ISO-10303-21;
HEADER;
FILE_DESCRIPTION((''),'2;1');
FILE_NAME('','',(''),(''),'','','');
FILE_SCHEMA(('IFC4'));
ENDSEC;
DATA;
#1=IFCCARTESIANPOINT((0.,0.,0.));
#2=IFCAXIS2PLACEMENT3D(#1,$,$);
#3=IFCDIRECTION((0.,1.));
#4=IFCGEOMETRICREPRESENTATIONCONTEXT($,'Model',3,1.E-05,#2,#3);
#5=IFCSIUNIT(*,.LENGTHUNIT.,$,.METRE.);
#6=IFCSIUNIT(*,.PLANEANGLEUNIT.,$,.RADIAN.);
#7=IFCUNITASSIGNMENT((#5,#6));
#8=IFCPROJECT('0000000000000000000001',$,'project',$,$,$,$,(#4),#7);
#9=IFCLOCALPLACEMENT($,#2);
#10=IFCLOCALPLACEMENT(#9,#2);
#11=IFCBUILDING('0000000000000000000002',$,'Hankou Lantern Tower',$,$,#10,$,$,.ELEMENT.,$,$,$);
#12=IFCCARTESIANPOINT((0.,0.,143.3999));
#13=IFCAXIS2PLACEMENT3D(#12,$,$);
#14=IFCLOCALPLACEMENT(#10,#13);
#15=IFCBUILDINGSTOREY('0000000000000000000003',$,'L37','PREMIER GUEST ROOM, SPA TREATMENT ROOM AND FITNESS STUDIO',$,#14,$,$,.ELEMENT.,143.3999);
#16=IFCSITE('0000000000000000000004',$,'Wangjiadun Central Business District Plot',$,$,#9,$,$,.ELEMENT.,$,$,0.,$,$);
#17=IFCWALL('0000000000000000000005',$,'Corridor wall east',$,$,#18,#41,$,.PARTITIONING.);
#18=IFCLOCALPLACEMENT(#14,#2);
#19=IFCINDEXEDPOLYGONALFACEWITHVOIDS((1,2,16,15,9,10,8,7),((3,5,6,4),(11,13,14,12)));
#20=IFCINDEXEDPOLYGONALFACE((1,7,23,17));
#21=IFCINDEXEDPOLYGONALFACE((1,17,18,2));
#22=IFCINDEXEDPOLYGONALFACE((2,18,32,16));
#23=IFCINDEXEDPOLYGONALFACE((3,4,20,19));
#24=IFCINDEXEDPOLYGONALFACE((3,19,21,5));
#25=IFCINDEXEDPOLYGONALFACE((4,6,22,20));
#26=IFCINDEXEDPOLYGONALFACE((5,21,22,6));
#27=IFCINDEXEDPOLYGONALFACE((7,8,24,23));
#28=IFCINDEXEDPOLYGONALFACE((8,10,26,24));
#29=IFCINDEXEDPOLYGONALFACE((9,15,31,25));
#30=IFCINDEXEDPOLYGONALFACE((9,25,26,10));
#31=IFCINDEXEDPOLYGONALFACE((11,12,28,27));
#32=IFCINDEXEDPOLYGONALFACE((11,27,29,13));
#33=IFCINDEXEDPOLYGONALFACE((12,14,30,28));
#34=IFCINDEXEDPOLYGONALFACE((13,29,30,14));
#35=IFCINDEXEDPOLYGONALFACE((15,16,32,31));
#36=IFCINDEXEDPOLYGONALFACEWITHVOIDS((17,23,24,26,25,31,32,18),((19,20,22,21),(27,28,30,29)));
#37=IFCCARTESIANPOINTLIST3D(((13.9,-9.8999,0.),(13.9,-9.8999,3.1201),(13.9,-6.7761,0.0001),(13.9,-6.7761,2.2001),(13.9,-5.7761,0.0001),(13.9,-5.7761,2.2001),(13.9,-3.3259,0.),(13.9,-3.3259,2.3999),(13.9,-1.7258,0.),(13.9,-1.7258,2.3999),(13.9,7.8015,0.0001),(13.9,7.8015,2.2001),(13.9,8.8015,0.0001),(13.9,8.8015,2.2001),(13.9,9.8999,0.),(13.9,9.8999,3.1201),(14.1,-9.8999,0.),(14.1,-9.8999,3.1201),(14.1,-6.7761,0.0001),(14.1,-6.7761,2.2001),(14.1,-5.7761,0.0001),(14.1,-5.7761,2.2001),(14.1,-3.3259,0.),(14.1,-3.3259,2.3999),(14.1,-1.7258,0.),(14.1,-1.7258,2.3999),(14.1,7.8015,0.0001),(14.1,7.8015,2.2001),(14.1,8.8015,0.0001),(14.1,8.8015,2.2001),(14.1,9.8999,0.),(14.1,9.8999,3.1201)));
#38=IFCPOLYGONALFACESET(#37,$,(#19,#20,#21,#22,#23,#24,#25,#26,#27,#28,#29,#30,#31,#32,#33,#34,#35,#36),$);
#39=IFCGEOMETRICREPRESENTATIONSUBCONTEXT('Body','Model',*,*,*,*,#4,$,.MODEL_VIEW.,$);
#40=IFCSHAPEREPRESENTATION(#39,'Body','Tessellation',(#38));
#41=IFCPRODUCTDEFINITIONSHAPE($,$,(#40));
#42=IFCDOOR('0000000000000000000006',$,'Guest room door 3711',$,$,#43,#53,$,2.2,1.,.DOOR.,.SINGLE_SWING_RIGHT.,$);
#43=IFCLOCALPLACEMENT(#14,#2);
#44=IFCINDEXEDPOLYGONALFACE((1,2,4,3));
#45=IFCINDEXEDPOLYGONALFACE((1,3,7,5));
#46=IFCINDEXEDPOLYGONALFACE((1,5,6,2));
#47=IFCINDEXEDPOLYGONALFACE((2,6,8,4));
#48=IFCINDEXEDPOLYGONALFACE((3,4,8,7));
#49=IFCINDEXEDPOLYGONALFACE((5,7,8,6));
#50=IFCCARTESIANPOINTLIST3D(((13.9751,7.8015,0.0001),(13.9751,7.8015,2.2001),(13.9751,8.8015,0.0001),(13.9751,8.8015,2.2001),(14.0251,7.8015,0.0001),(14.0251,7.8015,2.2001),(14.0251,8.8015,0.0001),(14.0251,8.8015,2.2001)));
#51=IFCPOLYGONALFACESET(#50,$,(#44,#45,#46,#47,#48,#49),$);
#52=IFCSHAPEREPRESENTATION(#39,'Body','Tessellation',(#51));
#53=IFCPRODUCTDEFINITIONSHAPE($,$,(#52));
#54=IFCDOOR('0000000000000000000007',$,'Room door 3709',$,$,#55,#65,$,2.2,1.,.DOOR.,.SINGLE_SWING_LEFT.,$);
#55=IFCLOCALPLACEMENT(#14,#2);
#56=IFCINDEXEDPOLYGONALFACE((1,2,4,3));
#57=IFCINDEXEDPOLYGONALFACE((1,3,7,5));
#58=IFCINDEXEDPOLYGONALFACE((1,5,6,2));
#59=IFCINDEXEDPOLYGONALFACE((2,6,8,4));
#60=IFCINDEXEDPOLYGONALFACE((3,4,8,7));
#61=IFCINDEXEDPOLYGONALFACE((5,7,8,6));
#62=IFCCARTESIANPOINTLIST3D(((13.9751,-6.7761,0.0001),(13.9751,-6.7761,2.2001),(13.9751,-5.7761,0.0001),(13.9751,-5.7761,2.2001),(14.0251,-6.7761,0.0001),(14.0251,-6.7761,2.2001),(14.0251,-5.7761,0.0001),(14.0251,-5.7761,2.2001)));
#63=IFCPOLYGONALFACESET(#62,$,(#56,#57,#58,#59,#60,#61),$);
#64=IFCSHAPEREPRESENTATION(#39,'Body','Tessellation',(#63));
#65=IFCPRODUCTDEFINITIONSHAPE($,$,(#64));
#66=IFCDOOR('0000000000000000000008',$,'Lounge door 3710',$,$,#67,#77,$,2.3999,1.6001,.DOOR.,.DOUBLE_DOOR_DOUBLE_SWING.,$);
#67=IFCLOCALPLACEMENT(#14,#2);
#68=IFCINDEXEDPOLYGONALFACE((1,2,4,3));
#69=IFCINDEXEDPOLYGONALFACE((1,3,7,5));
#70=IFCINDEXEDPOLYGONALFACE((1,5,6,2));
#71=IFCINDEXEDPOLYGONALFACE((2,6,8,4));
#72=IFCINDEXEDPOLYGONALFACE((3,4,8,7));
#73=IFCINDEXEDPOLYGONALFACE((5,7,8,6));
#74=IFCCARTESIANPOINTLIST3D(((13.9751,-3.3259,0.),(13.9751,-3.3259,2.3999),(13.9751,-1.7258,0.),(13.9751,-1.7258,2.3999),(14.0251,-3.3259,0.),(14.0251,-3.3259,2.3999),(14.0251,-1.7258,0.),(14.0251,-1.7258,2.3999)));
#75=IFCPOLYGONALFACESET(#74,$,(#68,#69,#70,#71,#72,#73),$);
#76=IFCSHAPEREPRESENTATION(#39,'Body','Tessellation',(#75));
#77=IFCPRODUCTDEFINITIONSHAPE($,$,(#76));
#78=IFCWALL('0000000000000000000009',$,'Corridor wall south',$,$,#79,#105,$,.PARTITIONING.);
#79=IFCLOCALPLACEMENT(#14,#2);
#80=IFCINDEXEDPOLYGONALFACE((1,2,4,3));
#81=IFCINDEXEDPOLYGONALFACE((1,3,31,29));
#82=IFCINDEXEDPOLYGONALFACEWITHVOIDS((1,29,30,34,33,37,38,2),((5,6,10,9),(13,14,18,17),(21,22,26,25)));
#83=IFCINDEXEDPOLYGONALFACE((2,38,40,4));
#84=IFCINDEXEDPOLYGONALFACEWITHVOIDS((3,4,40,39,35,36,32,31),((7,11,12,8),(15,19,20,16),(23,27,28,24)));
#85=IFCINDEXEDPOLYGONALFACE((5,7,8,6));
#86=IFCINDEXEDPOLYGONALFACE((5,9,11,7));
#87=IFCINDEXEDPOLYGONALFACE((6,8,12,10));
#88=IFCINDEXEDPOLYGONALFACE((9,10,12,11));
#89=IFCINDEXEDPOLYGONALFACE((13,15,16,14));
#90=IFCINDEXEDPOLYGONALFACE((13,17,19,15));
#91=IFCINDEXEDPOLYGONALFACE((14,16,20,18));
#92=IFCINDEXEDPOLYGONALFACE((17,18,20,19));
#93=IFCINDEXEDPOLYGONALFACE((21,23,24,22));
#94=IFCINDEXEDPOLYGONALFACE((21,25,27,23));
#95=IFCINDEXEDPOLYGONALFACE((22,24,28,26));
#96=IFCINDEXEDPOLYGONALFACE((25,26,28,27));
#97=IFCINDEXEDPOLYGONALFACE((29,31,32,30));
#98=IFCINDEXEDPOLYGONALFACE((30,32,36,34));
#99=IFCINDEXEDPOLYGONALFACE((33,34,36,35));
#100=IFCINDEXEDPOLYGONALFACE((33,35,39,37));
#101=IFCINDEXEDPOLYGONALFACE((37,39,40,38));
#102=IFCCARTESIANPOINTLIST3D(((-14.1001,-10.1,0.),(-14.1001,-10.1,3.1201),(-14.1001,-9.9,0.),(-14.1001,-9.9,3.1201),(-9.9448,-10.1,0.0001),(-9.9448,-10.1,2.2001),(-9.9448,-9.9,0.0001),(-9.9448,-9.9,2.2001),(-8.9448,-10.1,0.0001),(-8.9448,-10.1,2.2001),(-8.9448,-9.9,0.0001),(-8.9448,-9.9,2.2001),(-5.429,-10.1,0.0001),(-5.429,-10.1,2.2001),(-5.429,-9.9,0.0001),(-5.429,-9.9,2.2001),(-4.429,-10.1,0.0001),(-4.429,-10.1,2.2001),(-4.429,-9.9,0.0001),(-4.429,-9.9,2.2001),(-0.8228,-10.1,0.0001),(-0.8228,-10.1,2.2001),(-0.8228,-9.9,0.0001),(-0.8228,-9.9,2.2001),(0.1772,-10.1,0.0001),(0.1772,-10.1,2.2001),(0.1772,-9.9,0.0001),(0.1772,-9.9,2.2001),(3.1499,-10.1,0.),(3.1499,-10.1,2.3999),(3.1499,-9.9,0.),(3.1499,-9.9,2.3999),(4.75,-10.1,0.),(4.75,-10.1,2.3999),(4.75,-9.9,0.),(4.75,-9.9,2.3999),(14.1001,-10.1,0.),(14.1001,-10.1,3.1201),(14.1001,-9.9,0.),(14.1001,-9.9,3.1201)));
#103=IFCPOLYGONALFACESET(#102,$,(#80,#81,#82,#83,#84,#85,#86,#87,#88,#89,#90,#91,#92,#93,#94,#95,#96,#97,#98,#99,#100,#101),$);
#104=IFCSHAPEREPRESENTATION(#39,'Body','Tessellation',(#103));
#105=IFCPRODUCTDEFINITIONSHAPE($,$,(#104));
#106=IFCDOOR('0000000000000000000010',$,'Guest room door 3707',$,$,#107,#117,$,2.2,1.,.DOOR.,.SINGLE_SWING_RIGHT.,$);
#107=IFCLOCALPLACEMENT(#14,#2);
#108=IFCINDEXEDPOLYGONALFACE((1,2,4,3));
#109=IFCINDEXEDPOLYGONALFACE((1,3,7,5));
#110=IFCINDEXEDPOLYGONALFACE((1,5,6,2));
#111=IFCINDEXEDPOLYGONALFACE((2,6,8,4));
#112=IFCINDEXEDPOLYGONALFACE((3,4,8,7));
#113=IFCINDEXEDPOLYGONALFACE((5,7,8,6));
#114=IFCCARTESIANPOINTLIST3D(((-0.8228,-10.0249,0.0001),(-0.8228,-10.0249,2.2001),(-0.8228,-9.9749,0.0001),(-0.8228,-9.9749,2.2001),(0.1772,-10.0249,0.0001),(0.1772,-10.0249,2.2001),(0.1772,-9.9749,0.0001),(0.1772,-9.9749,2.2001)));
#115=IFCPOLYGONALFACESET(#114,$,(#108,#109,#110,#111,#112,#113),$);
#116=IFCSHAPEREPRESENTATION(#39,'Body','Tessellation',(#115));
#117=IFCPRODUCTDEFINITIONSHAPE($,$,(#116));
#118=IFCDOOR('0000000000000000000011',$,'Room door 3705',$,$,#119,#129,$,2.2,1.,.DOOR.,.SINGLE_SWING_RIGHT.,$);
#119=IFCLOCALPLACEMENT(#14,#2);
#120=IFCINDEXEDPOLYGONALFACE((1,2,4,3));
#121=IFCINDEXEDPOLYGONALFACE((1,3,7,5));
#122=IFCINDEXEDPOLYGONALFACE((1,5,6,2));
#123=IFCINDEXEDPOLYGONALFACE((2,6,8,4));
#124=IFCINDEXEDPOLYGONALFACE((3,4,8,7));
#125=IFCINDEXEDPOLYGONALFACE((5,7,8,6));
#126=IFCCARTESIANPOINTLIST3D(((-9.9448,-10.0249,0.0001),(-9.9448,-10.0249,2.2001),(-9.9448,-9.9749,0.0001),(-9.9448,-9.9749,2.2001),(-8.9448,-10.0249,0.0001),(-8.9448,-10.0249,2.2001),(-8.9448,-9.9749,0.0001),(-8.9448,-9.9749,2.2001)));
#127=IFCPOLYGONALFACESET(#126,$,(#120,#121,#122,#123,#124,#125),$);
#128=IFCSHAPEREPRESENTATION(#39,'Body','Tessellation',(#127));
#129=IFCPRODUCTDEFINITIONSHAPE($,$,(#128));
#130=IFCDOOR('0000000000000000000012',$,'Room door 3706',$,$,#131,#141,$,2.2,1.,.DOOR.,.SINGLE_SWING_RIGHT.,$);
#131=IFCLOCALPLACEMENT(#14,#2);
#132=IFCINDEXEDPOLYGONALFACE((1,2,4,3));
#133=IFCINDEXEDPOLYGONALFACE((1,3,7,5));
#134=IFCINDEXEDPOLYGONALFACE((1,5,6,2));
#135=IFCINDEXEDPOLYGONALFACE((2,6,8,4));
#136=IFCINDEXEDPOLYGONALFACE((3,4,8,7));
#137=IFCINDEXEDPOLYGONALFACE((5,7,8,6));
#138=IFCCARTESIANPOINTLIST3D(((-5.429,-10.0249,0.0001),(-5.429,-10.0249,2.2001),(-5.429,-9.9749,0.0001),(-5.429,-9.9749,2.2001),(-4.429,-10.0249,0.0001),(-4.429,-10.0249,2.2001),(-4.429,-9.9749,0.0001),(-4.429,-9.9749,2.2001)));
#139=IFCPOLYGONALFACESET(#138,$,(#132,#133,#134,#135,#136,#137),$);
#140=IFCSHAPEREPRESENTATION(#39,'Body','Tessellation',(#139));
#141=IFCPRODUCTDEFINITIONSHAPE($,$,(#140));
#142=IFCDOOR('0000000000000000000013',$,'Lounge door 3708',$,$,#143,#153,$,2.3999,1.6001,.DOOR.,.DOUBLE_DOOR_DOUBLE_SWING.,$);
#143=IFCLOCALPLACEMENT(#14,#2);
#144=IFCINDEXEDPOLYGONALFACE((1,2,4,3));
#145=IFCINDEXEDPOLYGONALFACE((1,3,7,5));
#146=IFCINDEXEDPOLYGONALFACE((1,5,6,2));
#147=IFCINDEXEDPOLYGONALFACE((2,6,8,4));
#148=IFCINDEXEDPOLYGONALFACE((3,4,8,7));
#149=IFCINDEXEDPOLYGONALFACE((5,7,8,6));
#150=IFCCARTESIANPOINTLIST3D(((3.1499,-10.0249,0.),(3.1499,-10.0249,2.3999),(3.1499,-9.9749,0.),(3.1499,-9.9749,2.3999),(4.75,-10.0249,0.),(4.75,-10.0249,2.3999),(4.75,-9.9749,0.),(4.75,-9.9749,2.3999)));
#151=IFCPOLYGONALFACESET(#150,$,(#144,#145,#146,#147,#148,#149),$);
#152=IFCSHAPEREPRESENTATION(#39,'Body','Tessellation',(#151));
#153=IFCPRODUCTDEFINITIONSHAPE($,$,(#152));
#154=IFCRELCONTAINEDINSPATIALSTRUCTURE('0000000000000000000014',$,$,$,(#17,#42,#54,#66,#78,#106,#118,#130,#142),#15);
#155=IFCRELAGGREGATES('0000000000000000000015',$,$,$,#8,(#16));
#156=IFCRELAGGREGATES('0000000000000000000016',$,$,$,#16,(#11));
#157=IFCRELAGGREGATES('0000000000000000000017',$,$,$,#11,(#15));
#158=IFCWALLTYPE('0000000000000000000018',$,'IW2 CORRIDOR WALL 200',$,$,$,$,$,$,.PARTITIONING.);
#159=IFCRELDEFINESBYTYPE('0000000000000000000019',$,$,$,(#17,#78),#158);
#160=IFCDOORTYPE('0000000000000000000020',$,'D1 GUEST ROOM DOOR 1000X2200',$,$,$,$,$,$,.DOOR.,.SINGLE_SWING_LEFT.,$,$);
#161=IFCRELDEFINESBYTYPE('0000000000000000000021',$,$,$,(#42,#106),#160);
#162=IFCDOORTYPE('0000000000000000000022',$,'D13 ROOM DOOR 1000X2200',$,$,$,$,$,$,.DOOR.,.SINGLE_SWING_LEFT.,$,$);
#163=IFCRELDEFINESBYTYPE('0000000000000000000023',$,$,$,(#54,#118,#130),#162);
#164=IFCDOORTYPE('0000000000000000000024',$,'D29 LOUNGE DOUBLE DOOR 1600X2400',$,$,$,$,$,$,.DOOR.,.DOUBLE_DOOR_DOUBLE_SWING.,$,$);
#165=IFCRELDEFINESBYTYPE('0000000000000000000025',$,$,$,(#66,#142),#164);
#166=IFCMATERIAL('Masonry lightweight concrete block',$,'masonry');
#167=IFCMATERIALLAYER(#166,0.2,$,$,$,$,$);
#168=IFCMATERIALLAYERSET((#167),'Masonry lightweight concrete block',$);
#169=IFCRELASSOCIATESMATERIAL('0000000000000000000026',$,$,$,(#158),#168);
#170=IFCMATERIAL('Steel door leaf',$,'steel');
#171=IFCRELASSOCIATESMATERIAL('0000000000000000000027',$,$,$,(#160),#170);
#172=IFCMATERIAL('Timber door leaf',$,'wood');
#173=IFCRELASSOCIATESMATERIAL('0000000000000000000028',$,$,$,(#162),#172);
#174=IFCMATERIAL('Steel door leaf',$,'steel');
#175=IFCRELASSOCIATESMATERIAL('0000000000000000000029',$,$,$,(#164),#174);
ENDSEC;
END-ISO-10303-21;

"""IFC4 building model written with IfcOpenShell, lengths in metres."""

from ifc_helpers import new_model, si_unit, direction, frame, frame_2d, origin, place, context, subcontext, project, spatial, rectangle, extrude, material, layer, layer_set, type_object, element, fill, save


model = new_model("IFC4")

# Units and contexts
model_context = context("Model", 3, precision=1e-05, world=origin(), true_north=direction((0.0, 1.0)))
body_context = subcontext(model_context, "Body", "Model", "MODEL_VIEW")
ifc_project = project(units=[si_unit("LENGTHUNIT", "METRE"), si_unit("PLANEANGLEUNIT", "RADIAN")], contexts=[model_context])

# Site, building, storey
site_placement = place(None, origin())
site = spatial("IfcSite", under=ifc_project, at=site_placement, Name="Wangjiadun Central Business District Plot", CompositionType="ELEMENT", RefElevation=0.0)
building_placement = place(site_placement, origin())
building = spatial("IfcBuilding", under=site, at=building_placement, Name="Hankou Lantern Tower", CompositionType="ELEMENT")
storey_placement = place(building_placement, frame((0.0, 0.0, 143.3999)))
storey = spatial("IfcBuildingStorey", under=building, at=storey_placement, Name="L37", Description="PREMIER GUEST ROOM, SPA TREATMENT ROOM AND FITNESS STUDIO", CompositionType="ELEMENT", Elevation=143.3999)

# Walls, openings, doors
ifc_material_1 = material(Name="Masonry lightweight concrete block", Category="masonry")
ifc_layer_1 = layer(ifc_material_1, 0.2)
ifc_layer_set_1 = layer_set([ifc_layer_1], Name="Masonry lightweight concrete block")
wall_type_1 = type_object("IfcWallType", Name="IW2 CORRIDOR WALL 200", PredefinedType="PARTITIONING", material=ifc_layer_set_1)
wall_1_placement = place(storey_placement, frame((14.0, -9.8999, 0.0), z_axis=(0.0, 0.0, 1.0), x_axis=(0.0, 1.0, 0.0)))
wall_1 = element("IfcWall", 1, at=wall_1_placement, inside=storey, type_object=wall_type_1, Name="Corridor wall east", PredefinedType="PARTITIONING", context=body_context, shape_type="SweptSolid", body=[
    extrude(rectangle(XDim=19.7998, YDim=0.2, at=frame_2d((9.8999, 0.0))), origin(), (0.0, 0.0, 1.0), 3.1201),
])
opening_1_placement = place(wall_1_placement, frame((3.1238, 0.0, 0.0)))
opening_1 = element("IfcOpeningElement", 2, at=opening_1_placement, cuts=wall_1, PredefinedType="OPENING", context=body_context, shape_type="SweptSolid", body=[
    extrude(rectangle(XDim=1.0, YDim=2.2, at=frame_2d((0.5, 1.1001))), frame((0.0, 0.1099, 0.0), z_axis=(0.0, -1.0, 0.0), x_axis=(1.0, 0.0, 0.0)), (0.0, 0.0, 1.0), 0.22),
])
opening_2_placement = place(wall_1_placement, frame((6.574, 0.0, 0.0)))
opening_2 = element("IfcOpeningElement", 3, at=opening_2_placement, cuts=wall_1, PredefinedType="OPENING", context=body_context, shape_type="SweptSolid", body=[
    extrude(rectangle(XDim=1.6001, YDim=2.3999, at=frame_2d((0.8, 1.2))), frame((0.0, 0.1099, 0.0), z_axis=(0.0, -1.0, 0.0), x_axis=(1.0, 0.0, 0.0)), (0.0, 0.0, 1.0), 0.22),
])
opening_3_placement = place(wall_1_placement, frame((17.7014, 0.0, 0.0)))
opening_3 = element("IfcOpeningElement", 4, at=opening_3_placement, cuts=wall_1, PredefinedType="OPENING", context=body_context, shape_type="SweptSolid", body=[
    extrude(rectangle(XDim=1.0, YDim=2.2, at=frame_2d((0.5, 1.1001))), frame((0.0, 0.1099, 0.0), z_axis=(0.0, -1.0, 0.0), x_axis=(1.0, 0.0, 0.0)), (0.0, 0.0, 1.0), 0.22),
])
ifc_material_2 = material(Name="Steel door leaf", Category="steel")
door_type_1 = type_object("IfcDoorType", Name="D1 GUEST ROOM DOOR 1000X2200", OperationType="SINGLE_SWING_LEFT", PredefinedType="DOOR", material=ifc_material_2)
door_1_placement = place(opening_3_placement, origin())
door_1 = element("IfcDoor", 5, at=door_1_placement, inside=storey, type_object=door_type_1, Name="Guest room door 3711", OperationType="SINGLE_SWING_RIGHT", OverallHeight=2.2, OverallWidth=1.0, PredefinedType="DOOR", context=body_context, shape_type="SweptSolid", body=[
    extrude(rectangle(XDim=1.0, YDim=2.2, at=frame_2d((0.5, 1.1001))), frame((0.0, 0.0249, 0.0), z_axis=(0.0, -1.0, 0.0), x_axis=(1.0, 0.0, 0.0)), (0.0, 0.0, 1.0), 0.05),
])
fill(opening_3, door_1)
ifc_material_3 = material(Name="Timber door leaf", Category="wood")
door_type_2 = type_object("IfcDoorType", Name="D13 ROOM DOOR 1000X2200", OperationType="SINGLE_SWING_LEFT", PredefinedType="DOOR", material=ifc_material_3)
door_2_placement = place(opening_1_placement, origin())
door_2 = element("IfcDoor", 6, at=door_2_placement, inside=storey, type_object=door_type_2, Name="Room door 3709", OperationType="SINGLE_SWING_LEFT", OverallHeight=2.2, OverallWidth=1.0, PredefinedType="DOOR", context=body_context, shape_type="SweptSolid", body=[
    extrude(rectangle(XDim=1.0, YDim=2.2, at=frame_2d((0.5, 1.1001))), frame((0.0, 0.0249, 0.0), z_axis=(0.0, -1.0, 0.0), x_axis=(1.0, 0.0, 0.0)), (0.0, 0.0, 1.0), 0.05),
])
fill(opening_1, door_2)
ifc_material_4 = material(Name="Steel door leaf", Category="steel")
door_type_3 = type_object("IfcDoorType", Name="D29 LOUNGE DOUBLE DOOR 1600X2400", OperationType="DOUBLE_DOOR_DOUBLE_SWING", PredefinedType="DOOR", material=ifc_material_4)
door_3_placement = place(opening_2_placement, origin())
door_3 = element("IfcDoor", 7, at=door_3_placement, inside=storey, type_object=door_type_3, Name="Lounge door 3710", OperationType="DOUBLE_DOOR_DOUBLE_SWING", OverallHeight=2.3999, OverallWidth=1.6001, PredefinedType="DOOR", context=body_context, shape_type="SweptSolid", body=[
    extrude(rectangle(XDim=1.6001, YDim=2.3999, at=frame_2d((0.8, 1.2))), frame((0.0, 0.0249, 0.0), z_axis=(0.0, -1.0, 0.0), x_axis=(1.0, 0.0, 0.0)), (0.0, 0.0, 1.0), 0.05),
])
fill(opening_2, door_3)
wall_2_placement = place(storey_placement, frame((14.1001, -10.0, 0.0), z_axis=(0.0, 0.0, 1.0), x_axis=(-1.0, 0.0, 0.0)))
wall_2 = element("IfcWall", 8, at=wall_2_placement, inside=storey, type_object=wall_type_1, Name="Corridor wall south", PredefinedType="PARTITIONING", context=body_context, shape_type="SweptSolid", body=[
    extrude(rectangle(XDim=28.2002, YDim=0.2, at=frame_2d((14.1001, 0.0))), origin(), (0.0, 0.0, 1.0), 3.1201),
])
opening_4_placement = place(wall_2_placement, frame((23.0449, 0.0, 0.0)))
opening_4 = element("IfcOpeningElement", 9, at=opening_4_placement, cuts=wall_2, PredefinedType="OPENING", context=body_context, shape_type="SweptSolid", body=[
    extrude(rectangle(XDim=1.0, YDim=2.2, at=frame_2d((0.5, 1.1001))), frame((0.0, 0.1099, 0.0), z_axis=(0.0, -1.0, 0.0), x_axis=(1.0, 0.0, 0.0)), (0.0, 0.0, 1.0), 0.22),
])
opening_5_placement = place(wall_2_placement, frame((18.5291, 0.0, 0.0)))
opening_5 = element("IfcOpeningElement", 10, at=opening_5_placement, cuts=wall_2, PredefinedType="OPENING", context=body_context, shape_type="SweptSolid", body=[
    extrude(rectangle(XDim=1.0, YDim=2.2, at=frame_2d((0.5, 1.1001))), frame((0.0, 0.1099, 0.0), z_axis=(0.0, -1.0, 0.0), x_axis=(1.0, 0.0, 0.0)), (0.0, 0.0, 1.0), 0.22),
])
opening_6_placement = place(wall_2_placement, frame((13.9229, 0.0, 0.0)))
opening_6 = element("IfcOpeningElement", 11, at=opening_6_placement, cuts=wall_2, PredefinedType="OPENING", context=body_context, shape_type="SweptSolid", body=[
    extrude(rectangle(XDim=1.0, YDim=2.2, at=frame_2d((0.5, 1.1001))), frame((0.0, 0.1099, 0.0), z_axis=(0.0, -1.0, 0.0), x_axis=(1.0, 0.0, 0.0)), (0.0, 0.0, 1.0), 0.22),
])
opening_7_placement = place(wall_2_placement, frame((9.3501, 0.0, 0.0)))
opening_7 = element("IfcOpeningElement", 12, at=opening_7_placement, cuts=wall_2, PredefinedType="OPENING", context=body_context, shape_type="SweptSolid", body=[
    extrude(rectangle(XDim=1.6001, YDim=2.3999, at=frame_2d((0.8, 1.2))), frame((0.0, 0.1099, 0.0), z_axis=(0.0, -1.0, 0.0), x_axis=(1.0, 0.0, 0.0)), (0.0, 0.0, 1.0), 0.22),
])
door_4_placement = place(opening_6_placement, origin())
door_4 = element("IfcDoor", 13, at=door_4_placement, inside=storey, type_object=door_type_1, Name="Guest room door 3707", OperationType="SINGLE_SWING_RIGHT", OverallHeight=2.2, OverallWidth=1.0, PredefinedType="DOOR", context=body_context, shape_type="SweptSolid", body=[
    extrude(rectangle(XDim=1.0, YDim=2.2, at=frame_2d((0.5, 1.1001))), frame((0.0, 0.0249, 0.0), z_axis=(0.0, -1.0, 0.0), x_axis=(1.0, 0.0, 0.0)), (0.0, 0.0, 1.0), 0.05),
])
fill(opening_6, door_4)
door_5_placement = place(opening_4_placement, origin())
door_5 = element("IfcDoor", 14, at=door_5_placement, inside=storey, type_object=door_type_2, Name="Room door 3705", OperationType="SINGLE_SWING_RIGHT", OverallHeight=2.2, OverallWidth=1.0, PredefinedType="DOOR", context=body_context, shape_type="SweptSolid", body=[
    extrude(rectangle(XDim=1.0, YDim=2.2, at=frame_2d((0.5, 1.1001))), frame((0.0, 0.0249, 0.0), z_axis=(0.0, -1.0, 0.0), x_axis=(1.0, 0.0, 0.0)), (0.0, 0.0, 1.0), 0.05),
])
fill(opening_4, door_5)
door_6_placement = place(opening_5_placement, origin())
door_6 = element("IfcDoor", 15, at=door_6_placement, inside=storey, type_object=door_type_2, Name="Room door 3706", OperationType="SINGLE_SWING_RIGHT", OverallHeight=2.2, OverallWidth=1.0, PredefinedType="DOOR", context=body_context, shape_type="SweptSolid", body=[
    extrude(rectangle(XDim=1.0, YDim=2.2, at=frame_2d((0.5, 1.1001))), frame((0.0, 0.0249, 0.0), z_axis=(0.0, -1.0, 0.0), x_axis=(1.0, 0.0, 0.0)), (0.0, 0.0, 1.0), 0.05),
])
fill(opening_5, door_6)
door_7_placement = place(opening_7_placement, origin())
door_7 = element("IfcDoor", 16, at=door_7_placement, inside=storey, type_object=door_type_3, Name="Lounge door 3708", OperationType="DOUBLE_DOOR_DOUBLE_SWING", OverallHeight=2.3999, OverallWidth=1.6001, PredefinedType="DOOR", context=body_context, shape_type="SweptSolid", body=[
    extrude(rectangle(XDim=1.6001, YDim=2.3999, at=frame_2d((0.8, 1.2))), frame((0.0, 0.0249, 0.0), z_axis=(0.0, -1.0, 0.0), x_axis=(1.0, 0.0, 0.0)), (0.0, 0.0, 1.0), 0.05),
])
fill(opening_7, door_7)

save(model, "model.ifc")
